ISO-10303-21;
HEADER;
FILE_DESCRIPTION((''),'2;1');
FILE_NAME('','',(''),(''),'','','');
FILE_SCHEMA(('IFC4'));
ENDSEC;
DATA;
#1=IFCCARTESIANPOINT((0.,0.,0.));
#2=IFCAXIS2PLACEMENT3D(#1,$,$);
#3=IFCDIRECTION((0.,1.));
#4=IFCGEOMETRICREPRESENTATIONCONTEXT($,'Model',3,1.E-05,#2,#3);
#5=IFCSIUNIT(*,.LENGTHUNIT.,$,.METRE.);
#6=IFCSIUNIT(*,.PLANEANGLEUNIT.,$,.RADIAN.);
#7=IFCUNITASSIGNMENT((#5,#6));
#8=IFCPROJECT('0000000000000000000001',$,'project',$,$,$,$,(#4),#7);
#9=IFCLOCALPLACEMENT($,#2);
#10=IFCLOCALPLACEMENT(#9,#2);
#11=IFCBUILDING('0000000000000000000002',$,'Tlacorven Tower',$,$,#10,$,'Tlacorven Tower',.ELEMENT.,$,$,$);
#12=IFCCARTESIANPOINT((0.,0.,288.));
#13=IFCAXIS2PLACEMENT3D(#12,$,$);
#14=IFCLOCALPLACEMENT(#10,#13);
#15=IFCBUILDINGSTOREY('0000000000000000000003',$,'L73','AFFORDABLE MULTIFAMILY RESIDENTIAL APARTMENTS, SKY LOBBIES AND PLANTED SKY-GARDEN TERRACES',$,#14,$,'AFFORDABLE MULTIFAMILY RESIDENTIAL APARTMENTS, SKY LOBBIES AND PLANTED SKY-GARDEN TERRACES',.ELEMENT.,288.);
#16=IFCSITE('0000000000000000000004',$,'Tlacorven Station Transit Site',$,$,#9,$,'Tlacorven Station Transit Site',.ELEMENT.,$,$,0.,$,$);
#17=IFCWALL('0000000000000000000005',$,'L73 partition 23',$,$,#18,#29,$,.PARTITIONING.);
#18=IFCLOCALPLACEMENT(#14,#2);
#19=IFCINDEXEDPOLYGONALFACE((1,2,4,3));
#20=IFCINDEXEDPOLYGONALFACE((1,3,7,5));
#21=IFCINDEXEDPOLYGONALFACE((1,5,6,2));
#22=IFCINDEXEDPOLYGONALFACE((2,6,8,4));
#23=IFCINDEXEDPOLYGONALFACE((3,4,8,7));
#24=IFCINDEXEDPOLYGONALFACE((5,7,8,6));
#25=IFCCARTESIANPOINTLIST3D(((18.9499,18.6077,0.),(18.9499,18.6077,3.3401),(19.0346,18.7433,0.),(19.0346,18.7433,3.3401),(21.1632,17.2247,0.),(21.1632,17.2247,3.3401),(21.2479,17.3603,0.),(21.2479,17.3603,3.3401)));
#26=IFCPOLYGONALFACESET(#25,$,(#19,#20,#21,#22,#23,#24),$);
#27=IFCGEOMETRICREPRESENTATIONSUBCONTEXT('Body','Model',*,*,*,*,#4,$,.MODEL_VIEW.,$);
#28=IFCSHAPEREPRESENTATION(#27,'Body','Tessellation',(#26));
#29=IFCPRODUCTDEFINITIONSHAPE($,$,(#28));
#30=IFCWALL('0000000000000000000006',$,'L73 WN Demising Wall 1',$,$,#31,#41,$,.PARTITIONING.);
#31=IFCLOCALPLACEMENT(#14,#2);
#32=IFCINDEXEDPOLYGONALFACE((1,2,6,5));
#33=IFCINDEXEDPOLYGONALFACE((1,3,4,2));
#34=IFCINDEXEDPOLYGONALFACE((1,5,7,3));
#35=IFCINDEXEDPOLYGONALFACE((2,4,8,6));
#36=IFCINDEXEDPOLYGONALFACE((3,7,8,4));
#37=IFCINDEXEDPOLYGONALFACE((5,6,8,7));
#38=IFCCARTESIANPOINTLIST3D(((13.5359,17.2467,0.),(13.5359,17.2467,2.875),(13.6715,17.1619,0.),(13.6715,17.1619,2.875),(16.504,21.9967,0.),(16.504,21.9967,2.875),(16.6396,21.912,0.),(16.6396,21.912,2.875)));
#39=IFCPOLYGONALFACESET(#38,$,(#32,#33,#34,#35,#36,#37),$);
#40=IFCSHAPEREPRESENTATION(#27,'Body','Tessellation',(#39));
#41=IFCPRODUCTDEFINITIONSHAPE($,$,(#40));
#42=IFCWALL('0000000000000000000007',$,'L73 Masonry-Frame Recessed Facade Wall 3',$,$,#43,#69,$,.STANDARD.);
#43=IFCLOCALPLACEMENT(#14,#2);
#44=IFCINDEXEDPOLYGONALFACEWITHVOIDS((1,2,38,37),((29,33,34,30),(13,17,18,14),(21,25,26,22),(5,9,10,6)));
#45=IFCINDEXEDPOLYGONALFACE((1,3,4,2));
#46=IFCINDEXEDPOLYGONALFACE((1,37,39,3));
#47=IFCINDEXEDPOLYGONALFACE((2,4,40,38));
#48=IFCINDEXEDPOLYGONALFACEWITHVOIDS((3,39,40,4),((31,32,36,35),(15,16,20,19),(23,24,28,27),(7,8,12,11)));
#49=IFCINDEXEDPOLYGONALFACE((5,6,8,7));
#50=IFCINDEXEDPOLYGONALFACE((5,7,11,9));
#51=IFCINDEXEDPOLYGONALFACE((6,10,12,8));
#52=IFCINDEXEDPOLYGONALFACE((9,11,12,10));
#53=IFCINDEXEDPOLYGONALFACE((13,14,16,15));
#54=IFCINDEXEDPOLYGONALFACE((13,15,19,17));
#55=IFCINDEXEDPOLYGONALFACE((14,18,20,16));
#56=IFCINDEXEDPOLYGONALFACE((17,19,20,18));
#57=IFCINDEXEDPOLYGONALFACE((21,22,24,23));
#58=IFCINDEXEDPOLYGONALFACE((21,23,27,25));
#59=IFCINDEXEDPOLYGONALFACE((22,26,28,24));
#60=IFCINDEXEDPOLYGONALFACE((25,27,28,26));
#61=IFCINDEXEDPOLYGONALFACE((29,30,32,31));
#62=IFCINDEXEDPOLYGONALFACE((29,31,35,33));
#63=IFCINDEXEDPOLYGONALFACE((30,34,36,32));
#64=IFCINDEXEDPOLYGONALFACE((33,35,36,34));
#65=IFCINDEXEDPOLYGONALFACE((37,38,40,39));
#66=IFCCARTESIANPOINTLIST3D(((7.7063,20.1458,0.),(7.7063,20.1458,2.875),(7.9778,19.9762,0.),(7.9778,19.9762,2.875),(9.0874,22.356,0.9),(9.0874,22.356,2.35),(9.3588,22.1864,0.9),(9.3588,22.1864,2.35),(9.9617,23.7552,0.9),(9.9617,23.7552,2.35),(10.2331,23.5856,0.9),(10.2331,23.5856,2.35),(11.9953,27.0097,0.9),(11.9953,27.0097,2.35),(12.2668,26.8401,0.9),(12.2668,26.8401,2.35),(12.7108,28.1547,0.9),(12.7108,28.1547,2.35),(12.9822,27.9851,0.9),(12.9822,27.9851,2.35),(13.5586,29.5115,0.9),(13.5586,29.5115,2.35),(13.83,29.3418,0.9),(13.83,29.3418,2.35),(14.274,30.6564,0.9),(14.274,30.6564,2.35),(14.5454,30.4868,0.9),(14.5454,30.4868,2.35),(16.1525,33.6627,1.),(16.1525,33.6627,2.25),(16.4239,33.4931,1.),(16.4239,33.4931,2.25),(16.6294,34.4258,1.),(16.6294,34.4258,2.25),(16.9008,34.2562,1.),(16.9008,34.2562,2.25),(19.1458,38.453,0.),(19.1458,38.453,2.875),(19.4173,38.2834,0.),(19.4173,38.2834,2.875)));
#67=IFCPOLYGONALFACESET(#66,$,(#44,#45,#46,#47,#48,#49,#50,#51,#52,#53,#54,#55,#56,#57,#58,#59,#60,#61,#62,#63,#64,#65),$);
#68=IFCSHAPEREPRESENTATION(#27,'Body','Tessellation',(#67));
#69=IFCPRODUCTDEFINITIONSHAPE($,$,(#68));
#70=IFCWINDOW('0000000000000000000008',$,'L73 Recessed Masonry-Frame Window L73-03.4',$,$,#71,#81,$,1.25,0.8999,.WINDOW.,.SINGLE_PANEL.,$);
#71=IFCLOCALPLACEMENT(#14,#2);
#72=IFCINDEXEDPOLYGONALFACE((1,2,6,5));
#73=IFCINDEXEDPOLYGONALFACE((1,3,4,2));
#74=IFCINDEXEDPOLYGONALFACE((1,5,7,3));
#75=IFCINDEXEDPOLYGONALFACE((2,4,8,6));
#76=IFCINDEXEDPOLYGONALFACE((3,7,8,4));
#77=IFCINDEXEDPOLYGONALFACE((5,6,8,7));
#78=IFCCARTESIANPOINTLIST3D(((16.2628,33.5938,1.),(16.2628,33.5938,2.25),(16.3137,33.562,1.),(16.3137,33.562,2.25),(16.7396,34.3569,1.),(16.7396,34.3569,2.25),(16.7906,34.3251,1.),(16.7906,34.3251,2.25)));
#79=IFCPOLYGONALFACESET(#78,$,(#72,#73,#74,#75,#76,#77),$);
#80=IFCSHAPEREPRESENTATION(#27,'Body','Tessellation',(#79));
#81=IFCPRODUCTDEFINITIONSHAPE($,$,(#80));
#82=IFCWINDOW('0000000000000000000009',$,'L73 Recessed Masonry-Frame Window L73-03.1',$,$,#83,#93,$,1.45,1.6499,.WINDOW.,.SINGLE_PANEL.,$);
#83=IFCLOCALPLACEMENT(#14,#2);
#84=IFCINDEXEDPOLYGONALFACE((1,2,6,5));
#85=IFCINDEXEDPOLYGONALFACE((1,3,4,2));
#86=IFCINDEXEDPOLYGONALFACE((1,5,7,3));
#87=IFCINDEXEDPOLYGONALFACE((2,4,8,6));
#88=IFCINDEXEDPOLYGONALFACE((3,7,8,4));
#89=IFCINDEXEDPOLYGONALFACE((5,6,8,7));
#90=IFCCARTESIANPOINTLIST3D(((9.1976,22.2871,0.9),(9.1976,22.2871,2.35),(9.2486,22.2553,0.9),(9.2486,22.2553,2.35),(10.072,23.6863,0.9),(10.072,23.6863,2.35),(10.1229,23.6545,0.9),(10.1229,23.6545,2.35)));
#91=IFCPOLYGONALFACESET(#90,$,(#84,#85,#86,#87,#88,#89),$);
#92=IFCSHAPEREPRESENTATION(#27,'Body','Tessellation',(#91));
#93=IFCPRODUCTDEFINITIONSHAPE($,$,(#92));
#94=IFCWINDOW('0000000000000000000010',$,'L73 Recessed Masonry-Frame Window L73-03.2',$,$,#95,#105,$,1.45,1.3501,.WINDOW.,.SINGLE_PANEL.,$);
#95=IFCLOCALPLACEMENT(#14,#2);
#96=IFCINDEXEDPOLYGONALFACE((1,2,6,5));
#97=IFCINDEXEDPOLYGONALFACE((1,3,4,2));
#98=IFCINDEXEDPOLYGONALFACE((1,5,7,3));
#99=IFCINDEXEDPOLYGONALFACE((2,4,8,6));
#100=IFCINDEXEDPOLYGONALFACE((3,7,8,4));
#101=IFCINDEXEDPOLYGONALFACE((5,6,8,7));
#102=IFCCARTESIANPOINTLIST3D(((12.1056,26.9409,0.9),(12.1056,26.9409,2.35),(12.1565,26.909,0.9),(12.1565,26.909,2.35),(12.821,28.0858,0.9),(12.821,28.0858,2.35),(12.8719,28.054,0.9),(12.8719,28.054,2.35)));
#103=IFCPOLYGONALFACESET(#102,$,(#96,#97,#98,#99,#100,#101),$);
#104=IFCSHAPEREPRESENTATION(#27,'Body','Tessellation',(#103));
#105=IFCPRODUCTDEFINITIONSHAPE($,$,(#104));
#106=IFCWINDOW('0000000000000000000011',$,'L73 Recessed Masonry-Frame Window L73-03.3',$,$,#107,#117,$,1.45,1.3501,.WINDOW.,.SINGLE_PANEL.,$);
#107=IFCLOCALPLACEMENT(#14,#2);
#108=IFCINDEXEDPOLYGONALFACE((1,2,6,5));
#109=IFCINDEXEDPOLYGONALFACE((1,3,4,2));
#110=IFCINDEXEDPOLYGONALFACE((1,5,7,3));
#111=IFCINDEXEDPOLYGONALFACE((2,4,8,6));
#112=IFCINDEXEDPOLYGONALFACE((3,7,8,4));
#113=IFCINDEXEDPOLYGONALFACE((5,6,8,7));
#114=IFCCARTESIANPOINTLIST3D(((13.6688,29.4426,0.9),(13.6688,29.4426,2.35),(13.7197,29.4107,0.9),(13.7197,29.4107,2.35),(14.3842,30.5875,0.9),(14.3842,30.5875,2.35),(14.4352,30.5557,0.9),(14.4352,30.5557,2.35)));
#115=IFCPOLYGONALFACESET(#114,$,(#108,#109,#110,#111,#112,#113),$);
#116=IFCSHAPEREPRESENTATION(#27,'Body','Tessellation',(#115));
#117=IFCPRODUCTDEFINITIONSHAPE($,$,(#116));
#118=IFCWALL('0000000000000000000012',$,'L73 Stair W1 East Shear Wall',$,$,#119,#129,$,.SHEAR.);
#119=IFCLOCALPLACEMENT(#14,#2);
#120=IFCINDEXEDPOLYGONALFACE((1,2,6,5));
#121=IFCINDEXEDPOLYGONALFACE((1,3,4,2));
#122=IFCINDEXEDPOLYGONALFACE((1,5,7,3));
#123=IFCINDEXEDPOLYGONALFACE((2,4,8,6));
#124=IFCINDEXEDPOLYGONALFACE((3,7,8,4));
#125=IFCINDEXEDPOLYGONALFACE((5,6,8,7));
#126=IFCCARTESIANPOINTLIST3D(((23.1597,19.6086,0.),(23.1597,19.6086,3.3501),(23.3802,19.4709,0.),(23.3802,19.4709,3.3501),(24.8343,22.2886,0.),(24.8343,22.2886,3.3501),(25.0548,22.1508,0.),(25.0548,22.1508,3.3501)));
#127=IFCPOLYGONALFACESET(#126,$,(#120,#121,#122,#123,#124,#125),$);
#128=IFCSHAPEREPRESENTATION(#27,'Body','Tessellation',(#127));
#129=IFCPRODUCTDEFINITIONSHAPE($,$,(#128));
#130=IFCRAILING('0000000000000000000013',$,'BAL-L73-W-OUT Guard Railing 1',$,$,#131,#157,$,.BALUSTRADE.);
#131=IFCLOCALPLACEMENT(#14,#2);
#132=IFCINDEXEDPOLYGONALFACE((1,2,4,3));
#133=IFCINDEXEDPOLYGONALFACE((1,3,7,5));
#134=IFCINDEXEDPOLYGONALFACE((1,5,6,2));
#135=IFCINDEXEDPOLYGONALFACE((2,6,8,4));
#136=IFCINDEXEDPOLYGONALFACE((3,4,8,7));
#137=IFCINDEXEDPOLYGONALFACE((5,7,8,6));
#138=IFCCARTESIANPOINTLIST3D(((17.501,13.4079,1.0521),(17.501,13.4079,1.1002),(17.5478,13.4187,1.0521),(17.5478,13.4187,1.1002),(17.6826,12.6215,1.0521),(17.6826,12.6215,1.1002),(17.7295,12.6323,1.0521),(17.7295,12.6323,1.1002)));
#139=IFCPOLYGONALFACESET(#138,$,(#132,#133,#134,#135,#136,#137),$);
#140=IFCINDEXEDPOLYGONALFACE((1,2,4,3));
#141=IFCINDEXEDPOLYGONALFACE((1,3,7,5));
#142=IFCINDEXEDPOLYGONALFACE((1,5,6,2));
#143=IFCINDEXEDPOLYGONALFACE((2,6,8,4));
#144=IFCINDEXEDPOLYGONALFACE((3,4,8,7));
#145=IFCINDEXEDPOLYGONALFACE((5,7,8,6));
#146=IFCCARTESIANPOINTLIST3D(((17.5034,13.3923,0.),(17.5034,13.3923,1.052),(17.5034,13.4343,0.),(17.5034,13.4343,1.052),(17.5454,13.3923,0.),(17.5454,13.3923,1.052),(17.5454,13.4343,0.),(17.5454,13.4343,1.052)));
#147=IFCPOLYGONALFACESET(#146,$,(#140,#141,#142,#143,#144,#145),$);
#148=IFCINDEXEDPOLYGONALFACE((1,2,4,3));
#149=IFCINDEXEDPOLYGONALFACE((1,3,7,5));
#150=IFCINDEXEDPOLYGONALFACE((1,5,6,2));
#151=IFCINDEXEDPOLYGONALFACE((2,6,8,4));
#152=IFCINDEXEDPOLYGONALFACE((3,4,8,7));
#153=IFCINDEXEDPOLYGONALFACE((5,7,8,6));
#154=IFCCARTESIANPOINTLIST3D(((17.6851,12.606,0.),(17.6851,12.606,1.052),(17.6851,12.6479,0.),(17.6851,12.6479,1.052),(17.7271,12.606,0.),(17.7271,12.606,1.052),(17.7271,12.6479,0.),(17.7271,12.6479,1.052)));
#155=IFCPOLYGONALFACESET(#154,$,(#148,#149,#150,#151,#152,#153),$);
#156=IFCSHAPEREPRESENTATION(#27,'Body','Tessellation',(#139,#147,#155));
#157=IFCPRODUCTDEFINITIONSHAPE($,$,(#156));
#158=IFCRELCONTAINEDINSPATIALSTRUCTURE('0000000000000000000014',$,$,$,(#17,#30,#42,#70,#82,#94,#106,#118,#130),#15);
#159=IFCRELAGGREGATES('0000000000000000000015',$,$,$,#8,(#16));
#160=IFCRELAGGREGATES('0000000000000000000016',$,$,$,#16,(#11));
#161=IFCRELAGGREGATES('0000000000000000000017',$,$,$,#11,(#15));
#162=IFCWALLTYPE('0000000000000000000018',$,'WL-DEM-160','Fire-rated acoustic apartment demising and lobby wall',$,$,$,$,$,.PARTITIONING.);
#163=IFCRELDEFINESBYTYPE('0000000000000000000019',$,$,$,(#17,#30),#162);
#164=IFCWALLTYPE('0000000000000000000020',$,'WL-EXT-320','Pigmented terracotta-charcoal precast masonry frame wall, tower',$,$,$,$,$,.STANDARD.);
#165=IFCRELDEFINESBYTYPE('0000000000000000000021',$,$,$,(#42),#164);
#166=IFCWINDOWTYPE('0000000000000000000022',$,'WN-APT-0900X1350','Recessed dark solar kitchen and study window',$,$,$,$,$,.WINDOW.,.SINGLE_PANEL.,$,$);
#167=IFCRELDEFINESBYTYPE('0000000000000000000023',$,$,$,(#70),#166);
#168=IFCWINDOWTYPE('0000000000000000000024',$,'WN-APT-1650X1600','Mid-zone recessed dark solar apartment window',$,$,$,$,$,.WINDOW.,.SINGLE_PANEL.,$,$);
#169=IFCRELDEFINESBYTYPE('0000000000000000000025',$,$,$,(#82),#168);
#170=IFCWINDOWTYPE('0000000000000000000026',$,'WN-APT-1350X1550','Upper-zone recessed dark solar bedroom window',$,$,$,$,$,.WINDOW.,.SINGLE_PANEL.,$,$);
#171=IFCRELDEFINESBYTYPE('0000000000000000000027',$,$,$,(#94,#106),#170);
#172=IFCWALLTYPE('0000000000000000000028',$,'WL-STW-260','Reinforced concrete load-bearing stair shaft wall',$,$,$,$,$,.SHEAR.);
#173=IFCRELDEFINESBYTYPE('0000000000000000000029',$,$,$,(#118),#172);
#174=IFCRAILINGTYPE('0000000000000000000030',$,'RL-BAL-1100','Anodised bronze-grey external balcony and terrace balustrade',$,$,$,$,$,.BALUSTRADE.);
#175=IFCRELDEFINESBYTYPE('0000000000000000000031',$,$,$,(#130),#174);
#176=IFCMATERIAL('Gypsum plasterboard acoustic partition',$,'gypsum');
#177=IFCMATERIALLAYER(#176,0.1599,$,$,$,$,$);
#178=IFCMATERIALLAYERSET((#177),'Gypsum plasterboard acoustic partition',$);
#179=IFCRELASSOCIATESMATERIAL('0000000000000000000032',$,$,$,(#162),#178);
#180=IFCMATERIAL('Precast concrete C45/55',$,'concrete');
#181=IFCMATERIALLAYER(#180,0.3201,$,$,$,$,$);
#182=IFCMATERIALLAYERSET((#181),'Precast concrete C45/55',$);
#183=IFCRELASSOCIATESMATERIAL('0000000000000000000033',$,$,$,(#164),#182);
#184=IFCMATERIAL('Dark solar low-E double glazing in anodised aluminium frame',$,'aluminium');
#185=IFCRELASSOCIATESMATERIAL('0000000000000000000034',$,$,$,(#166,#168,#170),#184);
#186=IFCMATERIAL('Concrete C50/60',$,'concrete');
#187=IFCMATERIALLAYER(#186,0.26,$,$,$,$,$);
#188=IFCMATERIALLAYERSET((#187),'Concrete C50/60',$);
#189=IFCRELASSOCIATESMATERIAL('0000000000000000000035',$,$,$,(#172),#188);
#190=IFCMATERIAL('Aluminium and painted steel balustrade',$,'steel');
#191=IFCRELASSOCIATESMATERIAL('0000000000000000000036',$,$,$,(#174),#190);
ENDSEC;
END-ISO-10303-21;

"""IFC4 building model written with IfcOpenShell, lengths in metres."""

from ifc_helpers import new_model, si_unit, direction, frame, frame_2d, origin, origin_2d, place, context, subcontext, project, spatial, rectangle, extrude, source, transform, mapped, material, layer, layer_set, type_object, element, fill, save


model = new_model("IFC4")

# Units and contexts
model_context = context("Model", 3, precision=1e-05, world=origin(), true_north=direction((0.0, 1.0)))
body_context = subcontext(model_context, "Body", "Model", "MODEL_VIEW")
ifc_project = project(units=[si_unit("LENGTHUNIT", "METRE"), si_unit("PLANEANGLEUNIT", "RADIAN")], contexts=[model_context])

# Site, building, storey
site_placement = place(None, origin())
site = spatial("IfcSite", under=ifc_project, at=site_placement, Name="Tlacorven Station Transit Site", LongName="Tlacorven Station Transit Site", CompositionType="ELEMENT", RefElevation=0.0)
building_placement = place(site_placement, origin())
building = spatial("IfcBuilding", under=site, at=building_placement, Name="Tlacorven Tower", LongName="Tlacorven Tower", CompositionType="ELEMENT")
storey_placement = place(building_placement, frame((0.0, 0.0, 288.0)))
storey = spatial("IfcBuildingStorey", under=building, at=storey_placement, Name="L73", Description="AFFORDABLE MULTIFAMILY RESIDENTIAL APARTMENTS, SKY LOBBIES AND PLANTED SKY-GARDEN TERRACES", LongName="AFFORDABLE MULTIFAMILY RESIDENTIAL APARTMENTS, SKY LOBBIES AND PLANTED SKY-GARDEN TERRACES", CompositionType="ELEMENT", Elevation=288.0)

# Shared definitions
ifc_material_1 = material(Name="Precast concrete C45/55", Category="concrete")

# Walls
ifc_material_2 = material(Name="Gypsum plasterboard acoustic partition", Category="gypsum")
ifc_layer_1 = layer(ifc_material_2, 0.1599)
ifc_layer_set_1 = layer_set([ifc_layer_1], Name="Gypsum plasterboard acoustic partition")
wall_type_1 = type_object("IfcWallType", Name="WL-DEM-160", Description="Fire-rated acoustic apartment demising and lobby wall", PredefinedType="PARTITIONING", material=ifc_layer_set_1)
wall_1_placement = place(storey_placement, frame((21.2056, 17.2925, 0.0), z_axis=(0.0, 0.0, 1.0), x_axis=(-0.848051, 0.529915, 0.0)))
element("IfcWall", 1, at=wall_1_placement, inside=storey, type_object=wall_type_1, Name="L73 partition 23", PredefinedType="PARTITIONING", context=body_context, shape_type="SweptSolid", body=[
    extrude(rectangle(XDim=2.6099, YDim=0.1599, at=frame_2d((1.3049, 0.0))), origin(), (0.0, 0.0, 1.0), 3.3401),
])
wall_2_placement = place(storey_placement, frame((16.5718, 21.9543, 0.0), z_axis=(0.0, 0.0, 1.0), x_axis=(-0.529905, -0.848057, 0.0)))
element("IfcWall", 2, at=wall_2_placement, inside=storey, type_object=wall_type_1, Name="L73 WN Demising Wall 1", PredefinedType="PARTITIONING", context=body_context, shape_type="SweptSolid", body=[
    extrude(rectangle(XDim=5.6011, YDim=0.1599, at=frame_2d((2.8005, 0.0))), origin(), (0.0, 0.0, 1.0), 2.875),
])

# Wall, openings, windows
ifc_layer_2 = layer(ifc_material_1, 0.3201)
ifc_layer_set_2 = layer_set([ifc_layer_2], Name="Precast concrete C45/55")
wall_type_2 = type_object("IfcWallType", Name="WL-EXT-320", Description="Pigmented terracotta-charcoal precast masonry frame wall, tower", PredefinedType="STANDARD", material=ifc_layer_set_2)
wall_3_placement = place(storey_placement, frame((7.842, 20.061, 0.0), z_axis=(0.0, 0.0, 1.0), x_axis=(0.529916, 0.84805, 0.0)))
wall_3 = element("IfcWall", 3, at=wall_3_placement, inside=storey, type_object=wall_type_2, Name="L73 Masonry-Frame Recessed Facade Wall 3", PredefinedType="STANDARD", context=body_context, shape_type="SweptSolid", body=[
    extrude(rectangle(XDim=21.5874, YDim=0.3201, at=frame_2d((10.7937, 0.0))), origin(), (0.0, 0.0, 1.0), 2.875),
])
opening_1_placement = place(wall_3_placement, frame((2.6062, 0.0, 0.8999)))
opening_1 = element("IfcOpeningElement", 4, at=opening_1_placement, cuts=wall_3, PredefinedType="OPENING", context=body_context, shape_type="SweptSolid", body=[
    extrude(rectangle(XDim=1.6499, YDim=1.45, at=frame_2d((0.825, 0.7251))), frame((0.0, 0.1699, 0.0), z_axis=(0.0, -1.0, 0.0), x_axis=(1.0, 0.0, 0.0)), (0.0, 0.0, 1.0), 0.3401),
])
opening_2_placement = place(wall_3_placement, frame((8.0938, 0.0, 0.8999)))
opening_2 = element("IfcOpeningElement", 5, at=opening_2_placement, cuts=wall_3, PredefinedType="OPENING", context=body_context, shape_type="SweptSolid", body=[
    extrude(rectangle(XDim=1.3501, YDim=1.45, at=frame_2d((0.675, 0.7251))), frame((0.0, 0.1699, 0.0), z_axis=(0.0, -1.0, 0.0), x_axis=(1.0, 0.0, 0.0)), (0.0, 0.0, 1.0), 0.3401),
])
opening_3_placement = place(wall_3_placement, frame((11.0437, 0.0, 0.8999)))
opening_3 = element("IfcOpeningElement", 6, at=opening_3_placement, cuts=wall_3, PredefinedType="OPENING", context=body_context, shape_type="SweptSolid", body=[
    extrude(rectangle(XDim=1.3501, YDim=1.45, at=frame_2d((0.675, 0.7251))), frame((0.0, 0.1699, 0.0), z_axis=(0.0, -1.0, 0.0), x_axis=(1.0, 0.0, 0.0)), (0.0, 0.0, 1.0), 0.3401),
])
opening_4_placement = place(wall_3_placement, frame((15.9387, 0.0, 1.0)))
opening_4 = element("IfcOpeningElement", 7, at=opening_4_placement, cuts=wall_3, PredefinedType="OPENING", context=body_context, shape_type="SweptSolid", body=[
    extrude(rectangle(XDim=0.8999, YDim=1.25, at=frame_2d((0.45, 0.625))), frame((0.0, 0.1699, 0.0), z_axis=(0.0, -1.0, 0.0), x_axis=(1.0, 0.0, 0.0)), (0.0, 0.0, 1.0), 0.3401),
])
ifc_material_3 = material(Name="Dark solar low-E double glazing in anodised aluminium frame", Category="aluminium")
window_type_1 = type_object("IfcWindowType", Name="WN-APT-0900X1350", Description="Recessed dark solar kitchen and study window", PartitioningType="SINGLE_PANEL", PredefinedType="WINDOW", material=ifc_material_3)
shared_shape_1 = source(origin(), body_context, "Body", "SweptSolid", [
    extrude(rectangle(XDim=0.8999, YDim=1.25, at=frame_2d((0.45, 0.625))), frame((0.0, 0.03, 0.0), z_axis=(0.0, -1.0, 0.0), x_axis=(1.0, 0.0, 0.0)), (0.0, 0.0, 1.0), 0.0601),
])
window_1_placement = place(opening_4_placement, origin())
window_1 = element("IfcWindow", 8, at=window_1_placement, inside=storey, type_object=window_type_1, Name="L73 Recessed Masonry-Frame Window L73-03.4", OverallHeight=1.25, OverallWidth=0.8999, PartitioningType="SINGLE_PANEL", PredefinedType="WINDOW", context=body_context, shape_type="MappedRepresentation", body=[
    mapped(shared_shape_1, transform((0.0, 0.0, 0.0), scale=1.0)),
])
fill(opening_4, window_1)
window_type_2 = type_object("IfcWindowType", Name="WN-APT-1650X1600", Description="Mid-zone recessed dark solar apartment window", PartitioningType="SINGLE_PANEL", PredefinedType="WINDOW", material=ifc_material_3)
shared_shape_2 = source(origin(), body_context, "Body", "SweptSolid", [
    extrude(rectangle(XDim=1.6499, YDim=1.45, at=frame_2d((0.825, 0.7251))), frame((0.0, 0.03, 0.0), z_axis=(0.0, -1.0, 0.0), x_axis=(1.0, 0.0, 0.0)), (0.0, 0.0, 1.0), 0.0601),
])
window_2_placement = place(opening_1_placement, origin())
window_2 = element("IfcWindow", 9, at=window_2_placement, inside=storey, type_object=window_type_2, Name="L73 Recessed Masonry-Frame Window L73-03.1", OverallHeight=1.45, OverallWidth=1.6499, PartitioningType="SINGLE_PANEL", PredefinedType="WINDOW", context=body_context, shape_type="MappedRepresentation", body=[
    mapped(shared_shape_2, transform((0.0, 0.0, 0.0), scale=1.0)),
])
fill(opening_1, window_2)
window_type_3 = type_object("IfcWindowType", Name="WN-APT-1350X1550", Description="Upper-zone recessed dark solar bedroom window", PartitioningType="SINGLE_PANEL", PredefinedType="WINDOW", material=ifc_material_3)
shared_shape_3 = source(origin(), body_context, "Body", "SweptSolid", [
    extrude(rectangle(XDim=1.3501, YDim=1.45, at=frame_2d((0.675, 0.7251))), frame((0.0, 0.03, 0.0), z_axis=(0.0, -1.0, 0.0), x_axis=(1.0, 0.0, 0.0)), (0.0, 0.0, 1.0), 0.0601),
])
window_3_placement = place(opening_2_placement, origin())
window_3 = element("IfcWindow", 10, at=window_3_placement, inside=storey, type_object=window_type_3, Name="L73 Recessed Masonry-Frame Window L73-03.2", OverallHeight=1.45, OverallWidth=1.3501, PartitioningType="SINGLE_PANEL", PredefinedType="WINDOW", context=body_context, shape_type="MappedRepresentation", body=[
    mapped(shared_shape_3, transform((0.0, 0.0, 0.0), scale=1.0)),
])
fill(opening_2, window_3)
window_4_placement = place(opening_3_placement, origin())
window_4 = element("IfcWindow", 11, at=window_4_placement, inside=storey, type_object=window_type_3, Name="L73 Recessed Masonry-Frame Window L73-03.3", OverallHeight=1.45, OverallWidth=1.3501, PartitioningType="SINGLE_PANEL", PredefinedType="WINDOW", context=body_context, shape_type="MappedRepresentation", body=[
    mapped(shared_shape_3, transform((0.0, 0.0, 0.0), scale=1.0)),
])
fill(opening_3, window_4)

# Wall
ifc_material_4 = material(Name="Concrete C50/60", Category="concrete")
ifc_layer_3 = layer(ifc_material_4, 0.26)
ifc_layer_set_3 = layer_set([ifc_layer_3], Name="Concrete C50/60")
wall_type_3 = type_object("IfcWallType", Name="WL-STW-260", Description="Reinforced concrete load-bearing stair shaft wall", PredefinedType="SHEAR", material=ifc_layer_set_3)
wall_4_placement = place(storey_placement, frame((24.9446, 22.2197, 0.0), z_axis=(0.0, 0.0, 1.0), x_axis=(-0.529909, -0.848055, 0.0)))
element("IfcWall", 12, at=wall_4_placement, inside=storey, type_object=wall_type_3, Name="L73 Stair W1 East Shear Wall", PredefinedType="SHEAR", context=body_context, shape_type="SweptSolid", body=[
    extrude(rectangle(XDim=3.1602, YDim=0.26, at=frame_2d((1.5801, 0.0))), origin(), (0.0, 0.0, 1.0), 3.3501),
])

# Railing
ifc_material_5 = material(Name="Aluminium and painted steel balustrade", Category="steel")
railing_type = type_object("IfcRailingType", Name="RL-BAL-1100", Description="Anodised bronze-grey external balcony and terrace balustrade", PredefinedType="BALUSTRADE", material=ifc_material_5)
shared_shape_4 = source(origin(), body_context, "Body", "SweptSolid", [
    extrude(rectangle(XDim=0.0481, YDim=0.0481, at=origin_2d()), frame((0.0, 0.0, 1.0762), z_axis=(0.225058, -0.974345, 0.0), x_axis=(0.974345, 0.225058, 0.0)), (0.0, 0.0, 1.0), 0.8071),
    extrude(rectangle(XDim=0.042, YDim=0.042, at=origin_2d()), origin(), (0.0, 0.0, 1.0), 1.052),
    extrude(rectangle(XDim=0.042, YDim=0.042, at=origin_2d()), frame((0.1816, -0.7864, 0.0)), (0.0, 0.0, 1.0), 1.052),
])
railing_1_placement = place(storey_placement, frame((17.5244, 13.4133, 0.0)))
element("IfcRailing", 13, at=railing_1_placement, inside=storey, type_object=railing_type, Name="BAL-L73-W-OUT Guard Railing 1", PredefinedType="BALUSTRADE", context=body_context, shape_type="MappedRepresentation", body=[
    mapped(shared_shape_4, transform((0.0, 0.0, 0.0), scale=1.0)),
])

save(model, "model.ifc")
